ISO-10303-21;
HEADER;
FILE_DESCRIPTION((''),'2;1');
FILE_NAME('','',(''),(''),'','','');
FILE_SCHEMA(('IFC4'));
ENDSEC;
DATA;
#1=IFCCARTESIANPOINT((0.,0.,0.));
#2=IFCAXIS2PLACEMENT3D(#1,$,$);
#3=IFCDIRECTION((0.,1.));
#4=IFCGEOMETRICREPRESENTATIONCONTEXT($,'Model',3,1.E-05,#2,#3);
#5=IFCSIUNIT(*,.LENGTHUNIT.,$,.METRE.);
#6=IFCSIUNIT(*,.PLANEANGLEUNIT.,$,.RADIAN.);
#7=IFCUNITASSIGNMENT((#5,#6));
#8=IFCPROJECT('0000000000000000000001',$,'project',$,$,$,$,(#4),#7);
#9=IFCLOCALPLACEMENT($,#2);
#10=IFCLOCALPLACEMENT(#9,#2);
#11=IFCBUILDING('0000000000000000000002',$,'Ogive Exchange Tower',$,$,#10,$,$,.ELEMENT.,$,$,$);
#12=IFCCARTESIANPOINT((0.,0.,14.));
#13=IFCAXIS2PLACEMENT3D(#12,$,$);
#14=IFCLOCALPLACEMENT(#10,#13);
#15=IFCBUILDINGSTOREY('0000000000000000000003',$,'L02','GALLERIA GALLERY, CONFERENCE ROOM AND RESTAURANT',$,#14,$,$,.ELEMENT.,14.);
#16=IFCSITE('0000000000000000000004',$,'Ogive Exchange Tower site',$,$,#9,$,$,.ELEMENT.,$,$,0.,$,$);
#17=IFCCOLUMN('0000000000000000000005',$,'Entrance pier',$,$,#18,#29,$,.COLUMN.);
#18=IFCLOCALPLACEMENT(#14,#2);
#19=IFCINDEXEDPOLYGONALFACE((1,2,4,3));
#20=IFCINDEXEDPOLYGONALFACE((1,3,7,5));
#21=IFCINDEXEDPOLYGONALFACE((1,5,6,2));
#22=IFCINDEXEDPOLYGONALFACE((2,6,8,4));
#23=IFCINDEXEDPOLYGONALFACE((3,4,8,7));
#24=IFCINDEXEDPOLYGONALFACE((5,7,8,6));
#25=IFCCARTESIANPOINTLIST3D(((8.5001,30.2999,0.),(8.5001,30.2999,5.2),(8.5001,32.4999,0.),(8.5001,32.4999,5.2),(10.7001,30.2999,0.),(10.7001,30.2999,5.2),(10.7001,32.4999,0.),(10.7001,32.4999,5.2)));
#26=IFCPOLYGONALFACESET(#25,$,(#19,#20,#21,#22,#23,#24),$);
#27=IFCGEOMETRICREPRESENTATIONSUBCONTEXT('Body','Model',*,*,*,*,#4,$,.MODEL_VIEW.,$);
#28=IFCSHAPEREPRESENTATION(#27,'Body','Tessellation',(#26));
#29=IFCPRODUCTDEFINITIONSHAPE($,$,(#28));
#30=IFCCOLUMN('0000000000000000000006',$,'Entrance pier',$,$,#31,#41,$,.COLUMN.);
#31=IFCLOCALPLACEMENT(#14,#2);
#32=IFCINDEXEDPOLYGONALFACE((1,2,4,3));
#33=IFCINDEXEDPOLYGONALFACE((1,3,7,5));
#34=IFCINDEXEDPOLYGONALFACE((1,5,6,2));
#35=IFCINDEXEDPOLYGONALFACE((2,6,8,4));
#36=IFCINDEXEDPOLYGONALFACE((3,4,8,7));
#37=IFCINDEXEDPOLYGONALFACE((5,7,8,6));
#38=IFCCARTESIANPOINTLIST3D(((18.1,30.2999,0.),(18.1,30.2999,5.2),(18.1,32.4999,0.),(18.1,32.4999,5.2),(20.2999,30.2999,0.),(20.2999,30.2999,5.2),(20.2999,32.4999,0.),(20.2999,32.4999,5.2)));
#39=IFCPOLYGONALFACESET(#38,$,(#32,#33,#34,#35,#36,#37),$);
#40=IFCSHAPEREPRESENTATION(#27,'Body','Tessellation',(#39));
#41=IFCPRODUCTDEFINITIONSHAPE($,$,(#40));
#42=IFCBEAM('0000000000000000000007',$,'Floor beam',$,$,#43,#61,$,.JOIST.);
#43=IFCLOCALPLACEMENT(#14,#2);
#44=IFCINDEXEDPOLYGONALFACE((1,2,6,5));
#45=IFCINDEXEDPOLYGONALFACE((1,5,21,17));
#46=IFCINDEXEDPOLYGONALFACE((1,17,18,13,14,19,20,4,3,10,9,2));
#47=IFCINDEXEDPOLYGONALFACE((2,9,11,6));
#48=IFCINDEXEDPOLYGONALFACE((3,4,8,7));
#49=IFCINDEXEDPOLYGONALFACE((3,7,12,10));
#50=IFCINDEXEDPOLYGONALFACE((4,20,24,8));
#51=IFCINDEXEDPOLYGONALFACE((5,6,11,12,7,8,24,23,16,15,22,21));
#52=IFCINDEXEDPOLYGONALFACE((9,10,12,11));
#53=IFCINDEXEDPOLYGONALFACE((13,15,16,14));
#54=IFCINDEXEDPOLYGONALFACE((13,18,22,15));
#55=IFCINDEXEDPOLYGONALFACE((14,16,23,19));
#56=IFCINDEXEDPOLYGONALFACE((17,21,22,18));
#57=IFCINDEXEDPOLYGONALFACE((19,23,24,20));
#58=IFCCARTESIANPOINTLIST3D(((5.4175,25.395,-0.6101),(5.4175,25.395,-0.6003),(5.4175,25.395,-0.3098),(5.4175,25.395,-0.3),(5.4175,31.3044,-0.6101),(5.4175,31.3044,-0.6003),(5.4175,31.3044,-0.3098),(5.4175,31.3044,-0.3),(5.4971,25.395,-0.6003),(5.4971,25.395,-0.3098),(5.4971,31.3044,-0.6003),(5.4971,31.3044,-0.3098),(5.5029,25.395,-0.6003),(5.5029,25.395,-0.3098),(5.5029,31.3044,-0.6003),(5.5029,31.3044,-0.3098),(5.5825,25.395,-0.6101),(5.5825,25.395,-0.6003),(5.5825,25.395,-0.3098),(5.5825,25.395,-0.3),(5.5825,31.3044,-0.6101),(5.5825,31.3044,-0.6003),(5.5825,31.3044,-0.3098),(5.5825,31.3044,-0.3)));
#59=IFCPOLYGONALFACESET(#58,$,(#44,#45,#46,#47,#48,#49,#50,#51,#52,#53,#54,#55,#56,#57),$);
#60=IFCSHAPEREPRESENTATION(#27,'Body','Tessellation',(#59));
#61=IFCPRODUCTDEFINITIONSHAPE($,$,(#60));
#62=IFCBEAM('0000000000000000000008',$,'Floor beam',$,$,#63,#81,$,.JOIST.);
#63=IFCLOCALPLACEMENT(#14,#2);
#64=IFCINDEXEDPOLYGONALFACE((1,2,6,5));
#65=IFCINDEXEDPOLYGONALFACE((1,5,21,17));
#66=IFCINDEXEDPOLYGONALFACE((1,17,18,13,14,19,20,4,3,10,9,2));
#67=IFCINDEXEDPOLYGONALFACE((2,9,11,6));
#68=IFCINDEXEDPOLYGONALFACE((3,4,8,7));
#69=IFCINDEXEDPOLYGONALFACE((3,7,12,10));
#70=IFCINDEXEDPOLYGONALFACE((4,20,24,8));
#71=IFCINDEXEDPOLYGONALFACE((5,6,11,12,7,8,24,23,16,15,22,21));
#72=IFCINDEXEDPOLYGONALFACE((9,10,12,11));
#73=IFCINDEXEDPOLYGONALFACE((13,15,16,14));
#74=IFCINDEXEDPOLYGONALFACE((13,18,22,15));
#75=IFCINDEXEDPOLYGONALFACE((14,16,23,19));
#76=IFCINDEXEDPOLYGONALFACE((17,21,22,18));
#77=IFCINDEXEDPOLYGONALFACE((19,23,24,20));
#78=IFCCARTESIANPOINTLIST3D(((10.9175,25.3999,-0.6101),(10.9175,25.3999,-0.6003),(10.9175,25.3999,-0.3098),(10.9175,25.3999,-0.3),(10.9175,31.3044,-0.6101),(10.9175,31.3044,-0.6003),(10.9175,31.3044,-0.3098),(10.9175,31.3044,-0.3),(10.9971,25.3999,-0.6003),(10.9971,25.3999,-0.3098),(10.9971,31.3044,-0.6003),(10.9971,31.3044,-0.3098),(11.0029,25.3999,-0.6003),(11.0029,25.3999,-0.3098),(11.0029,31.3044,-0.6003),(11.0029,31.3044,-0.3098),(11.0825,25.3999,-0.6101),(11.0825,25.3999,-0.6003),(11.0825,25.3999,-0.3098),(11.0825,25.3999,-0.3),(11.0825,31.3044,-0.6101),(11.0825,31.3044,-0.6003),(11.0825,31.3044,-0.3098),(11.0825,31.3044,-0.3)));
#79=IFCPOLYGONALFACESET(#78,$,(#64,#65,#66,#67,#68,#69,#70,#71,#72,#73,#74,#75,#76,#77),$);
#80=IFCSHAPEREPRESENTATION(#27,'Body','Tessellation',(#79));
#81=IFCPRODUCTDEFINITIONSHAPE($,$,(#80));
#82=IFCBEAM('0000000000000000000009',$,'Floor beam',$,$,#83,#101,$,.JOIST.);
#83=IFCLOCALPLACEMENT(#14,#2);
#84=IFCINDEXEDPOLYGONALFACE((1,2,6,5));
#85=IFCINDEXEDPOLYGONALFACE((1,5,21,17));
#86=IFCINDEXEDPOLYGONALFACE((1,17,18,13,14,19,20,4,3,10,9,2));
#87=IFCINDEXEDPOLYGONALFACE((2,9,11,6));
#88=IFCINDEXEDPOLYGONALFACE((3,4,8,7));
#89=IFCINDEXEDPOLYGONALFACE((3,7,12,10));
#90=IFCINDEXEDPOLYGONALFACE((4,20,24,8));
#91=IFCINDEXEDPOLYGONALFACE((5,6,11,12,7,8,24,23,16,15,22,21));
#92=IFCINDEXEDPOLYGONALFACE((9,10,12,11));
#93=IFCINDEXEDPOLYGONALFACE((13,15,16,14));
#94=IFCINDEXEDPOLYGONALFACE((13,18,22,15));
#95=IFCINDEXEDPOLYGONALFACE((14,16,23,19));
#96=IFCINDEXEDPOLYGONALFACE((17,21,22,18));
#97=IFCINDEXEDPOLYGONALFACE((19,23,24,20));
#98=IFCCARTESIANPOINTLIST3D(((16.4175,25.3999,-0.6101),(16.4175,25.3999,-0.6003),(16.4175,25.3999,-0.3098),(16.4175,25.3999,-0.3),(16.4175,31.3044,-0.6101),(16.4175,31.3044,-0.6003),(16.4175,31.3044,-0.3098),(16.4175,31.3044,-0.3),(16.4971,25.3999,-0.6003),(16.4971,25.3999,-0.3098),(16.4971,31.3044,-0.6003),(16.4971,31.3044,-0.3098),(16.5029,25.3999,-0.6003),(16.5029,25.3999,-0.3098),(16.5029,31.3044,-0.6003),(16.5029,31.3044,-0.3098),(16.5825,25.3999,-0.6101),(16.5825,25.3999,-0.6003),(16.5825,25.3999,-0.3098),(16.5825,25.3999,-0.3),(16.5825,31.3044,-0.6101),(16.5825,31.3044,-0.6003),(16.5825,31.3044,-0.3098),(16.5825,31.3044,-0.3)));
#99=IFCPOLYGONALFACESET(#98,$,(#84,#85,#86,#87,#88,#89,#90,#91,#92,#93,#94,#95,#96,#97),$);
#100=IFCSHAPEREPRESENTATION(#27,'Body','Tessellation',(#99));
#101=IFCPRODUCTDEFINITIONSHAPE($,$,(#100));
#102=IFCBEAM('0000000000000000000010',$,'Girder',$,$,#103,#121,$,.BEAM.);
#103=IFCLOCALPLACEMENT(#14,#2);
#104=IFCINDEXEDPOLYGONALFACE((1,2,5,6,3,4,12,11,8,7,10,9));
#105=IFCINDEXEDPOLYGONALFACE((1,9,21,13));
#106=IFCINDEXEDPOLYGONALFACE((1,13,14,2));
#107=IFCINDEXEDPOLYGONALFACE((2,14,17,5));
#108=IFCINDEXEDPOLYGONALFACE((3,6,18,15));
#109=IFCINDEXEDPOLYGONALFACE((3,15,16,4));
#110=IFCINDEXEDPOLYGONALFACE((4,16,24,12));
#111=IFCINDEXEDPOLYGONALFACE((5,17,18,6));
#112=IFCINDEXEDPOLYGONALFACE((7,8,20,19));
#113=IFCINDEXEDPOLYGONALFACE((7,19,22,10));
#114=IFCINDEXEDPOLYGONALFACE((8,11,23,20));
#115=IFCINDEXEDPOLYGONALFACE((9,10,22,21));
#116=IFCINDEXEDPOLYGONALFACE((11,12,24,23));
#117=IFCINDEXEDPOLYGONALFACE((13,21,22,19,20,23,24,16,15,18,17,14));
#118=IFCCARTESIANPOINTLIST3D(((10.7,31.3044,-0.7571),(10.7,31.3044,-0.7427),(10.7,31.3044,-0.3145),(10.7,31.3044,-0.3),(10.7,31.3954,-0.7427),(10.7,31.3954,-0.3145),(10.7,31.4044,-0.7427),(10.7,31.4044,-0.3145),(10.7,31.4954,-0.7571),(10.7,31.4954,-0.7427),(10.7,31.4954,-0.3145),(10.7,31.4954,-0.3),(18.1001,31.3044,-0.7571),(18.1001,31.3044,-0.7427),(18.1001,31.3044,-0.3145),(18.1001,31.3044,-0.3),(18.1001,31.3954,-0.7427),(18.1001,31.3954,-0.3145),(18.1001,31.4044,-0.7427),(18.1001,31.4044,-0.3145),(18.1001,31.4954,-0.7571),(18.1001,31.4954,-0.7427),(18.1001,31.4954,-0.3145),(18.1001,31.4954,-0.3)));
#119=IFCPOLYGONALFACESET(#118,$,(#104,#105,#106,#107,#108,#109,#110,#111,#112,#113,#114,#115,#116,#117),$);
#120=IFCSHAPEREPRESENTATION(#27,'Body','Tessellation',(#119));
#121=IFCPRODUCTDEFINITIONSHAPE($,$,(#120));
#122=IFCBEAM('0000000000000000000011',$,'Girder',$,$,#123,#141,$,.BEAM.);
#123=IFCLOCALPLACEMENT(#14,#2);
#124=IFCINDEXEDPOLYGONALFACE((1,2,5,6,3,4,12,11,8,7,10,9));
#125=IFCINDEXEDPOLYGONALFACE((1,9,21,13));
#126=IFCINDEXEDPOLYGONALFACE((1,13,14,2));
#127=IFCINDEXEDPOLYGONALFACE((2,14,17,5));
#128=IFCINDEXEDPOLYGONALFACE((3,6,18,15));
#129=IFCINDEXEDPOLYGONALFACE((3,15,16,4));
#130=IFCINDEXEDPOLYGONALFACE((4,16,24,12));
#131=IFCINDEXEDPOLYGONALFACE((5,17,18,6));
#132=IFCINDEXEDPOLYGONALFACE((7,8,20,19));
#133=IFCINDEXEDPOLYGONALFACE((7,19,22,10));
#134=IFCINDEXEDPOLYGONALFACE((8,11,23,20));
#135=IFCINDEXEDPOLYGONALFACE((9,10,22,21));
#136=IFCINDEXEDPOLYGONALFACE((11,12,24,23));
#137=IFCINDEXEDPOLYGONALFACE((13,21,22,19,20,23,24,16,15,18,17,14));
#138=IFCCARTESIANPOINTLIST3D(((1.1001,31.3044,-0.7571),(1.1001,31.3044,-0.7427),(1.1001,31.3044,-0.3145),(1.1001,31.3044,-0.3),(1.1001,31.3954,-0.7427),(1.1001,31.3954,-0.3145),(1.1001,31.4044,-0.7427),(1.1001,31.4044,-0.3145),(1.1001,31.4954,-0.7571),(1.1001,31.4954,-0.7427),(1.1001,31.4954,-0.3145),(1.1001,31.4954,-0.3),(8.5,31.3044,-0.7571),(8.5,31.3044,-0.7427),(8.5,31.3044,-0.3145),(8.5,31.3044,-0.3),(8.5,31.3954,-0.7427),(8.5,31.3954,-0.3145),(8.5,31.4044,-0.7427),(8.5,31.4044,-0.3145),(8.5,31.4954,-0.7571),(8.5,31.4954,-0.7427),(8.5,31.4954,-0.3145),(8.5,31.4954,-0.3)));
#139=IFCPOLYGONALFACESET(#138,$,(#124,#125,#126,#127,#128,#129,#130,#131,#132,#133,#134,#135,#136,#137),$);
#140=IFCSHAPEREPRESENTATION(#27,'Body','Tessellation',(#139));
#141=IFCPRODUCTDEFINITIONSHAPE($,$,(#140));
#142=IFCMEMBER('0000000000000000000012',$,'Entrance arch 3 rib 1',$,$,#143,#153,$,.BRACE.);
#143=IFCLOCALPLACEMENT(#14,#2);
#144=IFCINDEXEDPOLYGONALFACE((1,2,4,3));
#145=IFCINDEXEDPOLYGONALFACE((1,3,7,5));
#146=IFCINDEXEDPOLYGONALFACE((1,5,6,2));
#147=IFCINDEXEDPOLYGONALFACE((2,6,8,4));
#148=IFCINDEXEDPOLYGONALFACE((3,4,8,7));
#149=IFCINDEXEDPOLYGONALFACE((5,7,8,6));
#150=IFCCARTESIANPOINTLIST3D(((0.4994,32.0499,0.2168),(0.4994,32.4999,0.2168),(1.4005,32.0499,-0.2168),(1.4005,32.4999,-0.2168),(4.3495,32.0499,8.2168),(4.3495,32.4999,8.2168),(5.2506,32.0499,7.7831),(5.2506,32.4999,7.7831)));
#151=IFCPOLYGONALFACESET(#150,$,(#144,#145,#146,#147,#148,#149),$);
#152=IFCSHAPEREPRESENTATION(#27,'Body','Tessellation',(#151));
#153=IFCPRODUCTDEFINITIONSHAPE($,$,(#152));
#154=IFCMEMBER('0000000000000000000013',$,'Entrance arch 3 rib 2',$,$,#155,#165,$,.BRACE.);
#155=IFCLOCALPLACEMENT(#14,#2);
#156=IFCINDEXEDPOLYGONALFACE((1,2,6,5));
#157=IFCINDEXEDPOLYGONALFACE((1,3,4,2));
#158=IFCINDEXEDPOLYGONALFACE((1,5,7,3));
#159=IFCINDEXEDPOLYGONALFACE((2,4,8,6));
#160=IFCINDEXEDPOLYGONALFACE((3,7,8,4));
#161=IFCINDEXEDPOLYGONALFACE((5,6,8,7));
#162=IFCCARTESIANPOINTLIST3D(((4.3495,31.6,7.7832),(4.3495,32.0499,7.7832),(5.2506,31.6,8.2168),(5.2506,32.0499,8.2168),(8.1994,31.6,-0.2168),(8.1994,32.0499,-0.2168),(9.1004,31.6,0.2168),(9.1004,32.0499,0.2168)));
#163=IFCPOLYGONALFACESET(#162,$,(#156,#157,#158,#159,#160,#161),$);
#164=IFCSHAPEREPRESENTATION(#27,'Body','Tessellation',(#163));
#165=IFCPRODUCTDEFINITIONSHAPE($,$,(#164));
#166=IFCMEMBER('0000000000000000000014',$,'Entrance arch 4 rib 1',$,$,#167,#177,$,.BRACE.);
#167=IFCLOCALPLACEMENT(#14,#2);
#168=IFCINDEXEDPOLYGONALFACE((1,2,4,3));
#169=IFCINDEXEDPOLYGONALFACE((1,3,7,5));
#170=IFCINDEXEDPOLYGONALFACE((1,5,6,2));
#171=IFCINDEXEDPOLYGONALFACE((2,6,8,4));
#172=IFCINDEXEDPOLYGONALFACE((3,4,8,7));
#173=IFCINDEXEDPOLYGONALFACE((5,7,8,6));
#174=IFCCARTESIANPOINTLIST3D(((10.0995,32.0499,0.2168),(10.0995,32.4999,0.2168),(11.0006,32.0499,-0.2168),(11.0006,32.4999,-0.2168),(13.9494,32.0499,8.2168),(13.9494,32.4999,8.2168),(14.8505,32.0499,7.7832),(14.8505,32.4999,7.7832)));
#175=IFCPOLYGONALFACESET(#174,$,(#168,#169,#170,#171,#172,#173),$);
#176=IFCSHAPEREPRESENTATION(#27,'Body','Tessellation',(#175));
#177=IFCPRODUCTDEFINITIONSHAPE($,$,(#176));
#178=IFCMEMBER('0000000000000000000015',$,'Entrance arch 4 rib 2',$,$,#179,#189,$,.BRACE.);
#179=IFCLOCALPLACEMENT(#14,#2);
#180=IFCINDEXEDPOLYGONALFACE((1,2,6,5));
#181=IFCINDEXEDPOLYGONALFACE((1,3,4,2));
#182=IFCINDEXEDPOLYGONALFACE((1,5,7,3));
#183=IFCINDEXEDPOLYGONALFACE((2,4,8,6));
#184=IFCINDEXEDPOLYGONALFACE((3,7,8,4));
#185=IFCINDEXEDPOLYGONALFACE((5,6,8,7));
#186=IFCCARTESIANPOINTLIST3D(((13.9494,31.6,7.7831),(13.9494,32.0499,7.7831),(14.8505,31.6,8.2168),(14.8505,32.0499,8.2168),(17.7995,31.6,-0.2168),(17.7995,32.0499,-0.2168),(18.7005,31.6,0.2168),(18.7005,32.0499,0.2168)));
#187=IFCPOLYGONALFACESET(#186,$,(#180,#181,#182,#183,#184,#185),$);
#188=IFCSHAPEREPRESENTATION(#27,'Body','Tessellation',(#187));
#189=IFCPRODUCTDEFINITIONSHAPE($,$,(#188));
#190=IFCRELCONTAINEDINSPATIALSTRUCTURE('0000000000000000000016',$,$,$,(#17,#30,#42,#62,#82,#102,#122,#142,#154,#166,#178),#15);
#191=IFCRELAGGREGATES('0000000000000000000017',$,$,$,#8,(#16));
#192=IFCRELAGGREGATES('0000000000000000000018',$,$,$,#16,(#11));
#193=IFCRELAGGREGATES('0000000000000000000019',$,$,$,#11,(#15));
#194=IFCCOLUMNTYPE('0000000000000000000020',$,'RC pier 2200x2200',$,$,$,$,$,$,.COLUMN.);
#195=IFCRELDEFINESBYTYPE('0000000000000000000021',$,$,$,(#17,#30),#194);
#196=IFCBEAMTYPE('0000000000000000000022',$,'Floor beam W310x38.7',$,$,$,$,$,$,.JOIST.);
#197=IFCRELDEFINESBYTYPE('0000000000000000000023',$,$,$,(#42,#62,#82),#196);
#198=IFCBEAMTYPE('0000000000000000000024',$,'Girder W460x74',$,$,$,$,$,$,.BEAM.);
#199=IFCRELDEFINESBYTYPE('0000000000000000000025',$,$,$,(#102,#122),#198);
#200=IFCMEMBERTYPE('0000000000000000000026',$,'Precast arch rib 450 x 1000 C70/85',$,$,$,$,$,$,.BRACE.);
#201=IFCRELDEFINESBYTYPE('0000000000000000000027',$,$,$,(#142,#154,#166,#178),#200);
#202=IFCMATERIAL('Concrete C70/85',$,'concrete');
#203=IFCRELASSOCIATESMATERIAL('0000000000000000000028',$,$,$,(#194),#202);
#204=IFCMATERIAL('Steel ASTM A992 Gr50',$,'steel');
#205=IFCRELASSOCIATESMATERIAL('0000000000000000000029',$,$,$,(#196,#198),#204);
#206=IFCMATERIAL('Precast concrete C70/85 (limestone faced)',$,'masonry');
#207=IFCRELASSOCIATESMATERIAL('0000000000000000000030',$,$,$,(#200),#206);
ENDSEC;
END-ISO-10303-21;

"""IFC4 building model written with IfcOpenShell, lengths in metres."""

from ifc_helpers import new_model, si_unit, direction, frame, origin, origin_2d, place, context, subcontext, project, spatial, rectangle, i_section, extrude, material, material_profile, profile_set, type_object, element, save


model = new_model("IFC4")

# Units and contexts
model_context = context("Model", 3, precision=1e-05, world=origin(), true_north=direction((0.0, 1.0)))
body_context = subcontext(model_context, "Body", "Model", "MODEL_VIEW")
ifc_project = project(units=[si_unit("LENGTHUNIT", "METRE"), si_unit("PLANEANGLEUNIT", "RADIAN")], contexts=[model_context])

# Site, building, storey
site_placement = place(None, origin())
site = spatial("IfcSite", under=ifc_project, at=site_placement, Name="Ogive Exchange Tower site", CompositionType="ELEMENT", RefElevation=0.0)
building_placement = place(site_placement, origin())
building = spatial("IfcBuilding", under=site, at=building_placement, Name="Ogive Exchange Tower", CompositionType="ELEMENT")
storey_placement = place(building_placement, frame((0.0, 0.0, 14.0)))
storey = spatial("IfcBuildingStorey", under=building, at=storey_placement, Name="L02", Description="GALLERIA GALLERY, CONFERENCE ROOM AND RESTAURANT", CompositionType="ELEMENT", Elevation=14.0)

# Columns
ifc_material_1 = material(Name="Concrete C70/85", Category="concrete")
ifc_material_profile_1 = material_profile(ifc_material_1, rectangle(XDim=2.2, YDim=2.2, at=origin_2d()), Name="RC 2200x2200")
ifc_profile_set_1 = profile_set([ifc_material_profile_1], Name="Concrete C70/85")
column_type = type_object("IfcColumnType", Name="RC pier 2200x2200", PredefinedType="COLUMN", material=ifc_profile_set_1)
for number, where, z_axis, x_axis, name in (
    (1, (9.6001, 31.3999, 0.0), (0.0, 0.0, 1.0), (1.0, 0.0, 0.0), "Entrance pier"),
    (2, (19.2, 31.3999, 0.0), (0.0, 0.0, 1.0), (1.0, 0.0, 0.0), "Entrance pier"),
):
    element("IfcColumn", number, at=place(storey_placement, frame(where, z_axis=z_axis, x_axis=x_axis)), inside=storey, type_object=column_type, Name=name, PredefinedType="COLUMN", context=body_context, shape_type="SweptSolid", body=[
        extrude(rectangle(XDim=2.2, YDim=2.2, at=origin_2d()), origin(), (0.0, 0.0, 1.0), 5.2),
    ])

# Beams
ifc_material_2 = material(Name="Steel ASTM A992 Gr50", Category="steel")
ifc_material_profile_2 = material_profile(ifc_material_2, i_section(OverallWidth=0.165, OverallDepth=0.3101, WebThickness=0.0059, FlangeThickness=0.0098, at=origin_2d()), Name="W310x38.7")
ifc_profile_set_2 = profile_set([ifc_material_profile_2], Name="Steel ASTM A992 Gr50")
beam_type_1 = type_object("IfcBeamType", Name="Floor beam W310x38.7", PredefinedType="JOIST", material=ifc_profile_set_2)
beam_1_placement = place(storey_placement, frame((5.5, 25.395, -0.4551), z_axis=(0.0, 1.0, 0.0), x_axis=(-1.0, 0.0, 0.0)))
element("IfcBeam", 3, at=beam_1_placement, inside=storey, type_object=beam_type_1, Name="Floor beam", PredefinedType="JOIST", context=body_context, shape_type="SweptSolid", body=[
    extrude(i_section(OverallWidth=0.165, OverallDepth=0.3101, WebThickness=0.0059, FlangeThickness=0.0098, at=origin_2d()), origin(), (0.0, 0.0, 1.0), 5.9094),
])
for number, where, z_axis, x_axis, name in (
    (4, (11.0, 25.3999, -0.4551), (0.0, 1.0, 0.0), (-1.0, 0.0, 0.0), "Floor beam"),
    (5, (16.5, 25.3999, -0.4551), (0.0, 1.0, 0.0), (-1.0, 0.0, 0.0), "Floor beam"),
):
    element("IfcBeam", number, at=place(storey_placement, frame(where, z_axis=z_axis, x_axis=x_axis)), inside=storey, type_object=beam_type_1, Name=name, PredefinedType="JOIST", context=body_context, shape_type="SweptSolid", body=[
        extrude(i_section(OverallWidth=0.165, OverallDepth=0.3101, WebThickness=0.0059, FlangeThickness=0.0098, at=origin_2d()), origin(), (0.0, 0.0, 1.0), 5.9045),
    ])
ifc_material_profile_3 = material_profile(ifc_material_2, i_section(OverallWidth=0.1909, OverallDepth=0.457, WebThickness=0.009, FlangeThickness=0.0144, at=origin_2d()), Name="W460x74")
ifc_profile_set_3 = profile_set([ifc_material_profile_3], Name="Steel ASTM A992 Gr50")
beam_type_2 = type_object("IfcBeamType", Name="Girder W460x74", PredefinedType="BEAM", material=ifc_profile_set_3)
beam_2_placement = place(storey_placement, frame((18.1001, 31.3999, -0.5286), z_axis=(-1.0, 0.0, 0.0), x_axis=(0.0, -1.0, 0.0)))
element("IfcBeam", 6, at=beam_2_placement, inside=storey, type_object=beam_type_2, Name="Girder", PredefinedType="BEAM", context=body_context, shape_type="SweptSolid", body=[
    extrude(i_section(OverallWidth=0.1909, OverallDepth=0.457, WebThickness=0.009, FlangeThickness=0.0144, at=origin_2d()), origin(), (0.0, 0.0, 1.0), 7.4001),
])
beam_3_placement = place(storey_placement, frame((8.5, 31.3999, -0.5286), z_axis=(-1.0, 0.0, 0.0), x_axis=(0.0, -1.0, 0.0)))
element("IfcBeam", 7, at=beam_3_placement, inside=storey, type_object=beam_type_2, Name="Girder", PredefinedType="BEAM", context=body_context, shape_type="SweptSolid", body=[
    extrude(i_section(OverallWidth=0.1909, OverallDepth=0.457, WebThickness=0.009, FlangeThickness=0.0144, at=origin_2d()), origin(), (0.0, 0.0, 1.0), 7.3999),
])

# Members
ifc_material_3 = material(Name="Precast concrete C70/85 (limestone faced)", Category="masonry")
ifc_material_profile_4 = material_profile(ifc_material_3, rectangle(XDim=0.45, YDim=1.0, at=origin_2d()), Name="RIB 450 x 1000")
ifc_profile_set_4 = profile_set([ifc_material_profile_4], Name="Precast concrete C70/85 (limestone faced)")
member_type = type_object("IfcMemberType", Name="Precast arch rib 450 x 1000 C70/85", PredefinedType="BRACE", material=ifc_profile_set_4)
for number, where, z_axis, x_axis, name in (
    (8, (0.95, 32.2749, 0.0), (0.433655, 0.0, 0.901079), (0.0, 1.0, 0.0), "Entrance arch 3 rib 1"),
    (9, (8.6499, 31.825, 0.0), (-0.433633, 0.0, 0.90109), (0.0, -1.0, 0.0), "Entrance arch 3 rib 2"),
    (10, (10.55, 32.2749, 0.0), (0.433633, 0.0, 0.90109), (0.0, 1.0, 0.0), "Entrance arch 4 rib 1"),
    (11, (18.25, 31.825, 0.0), (-0.433655, 0.0, 0.901079), (0.0, -1.0, 0.0), "Entrance arch 4 rib 2"),
):
    element("IfcMember", number, at=place(storey_placement, frame(where, z_axis=z_axis, x_axis=x_axis)), inside=storey, type_object=member_type, Name=name, PredefinedType="BRACE", context=body_context, shape_type="SweptSolid", body=[
        extrude(rectangle(XDim=0.45, YDim=1.0, at=origin_2d()), origin(), (0.0, 0.0, 1.0), 8.8782),
    ])

save(model, "model.ifc")
